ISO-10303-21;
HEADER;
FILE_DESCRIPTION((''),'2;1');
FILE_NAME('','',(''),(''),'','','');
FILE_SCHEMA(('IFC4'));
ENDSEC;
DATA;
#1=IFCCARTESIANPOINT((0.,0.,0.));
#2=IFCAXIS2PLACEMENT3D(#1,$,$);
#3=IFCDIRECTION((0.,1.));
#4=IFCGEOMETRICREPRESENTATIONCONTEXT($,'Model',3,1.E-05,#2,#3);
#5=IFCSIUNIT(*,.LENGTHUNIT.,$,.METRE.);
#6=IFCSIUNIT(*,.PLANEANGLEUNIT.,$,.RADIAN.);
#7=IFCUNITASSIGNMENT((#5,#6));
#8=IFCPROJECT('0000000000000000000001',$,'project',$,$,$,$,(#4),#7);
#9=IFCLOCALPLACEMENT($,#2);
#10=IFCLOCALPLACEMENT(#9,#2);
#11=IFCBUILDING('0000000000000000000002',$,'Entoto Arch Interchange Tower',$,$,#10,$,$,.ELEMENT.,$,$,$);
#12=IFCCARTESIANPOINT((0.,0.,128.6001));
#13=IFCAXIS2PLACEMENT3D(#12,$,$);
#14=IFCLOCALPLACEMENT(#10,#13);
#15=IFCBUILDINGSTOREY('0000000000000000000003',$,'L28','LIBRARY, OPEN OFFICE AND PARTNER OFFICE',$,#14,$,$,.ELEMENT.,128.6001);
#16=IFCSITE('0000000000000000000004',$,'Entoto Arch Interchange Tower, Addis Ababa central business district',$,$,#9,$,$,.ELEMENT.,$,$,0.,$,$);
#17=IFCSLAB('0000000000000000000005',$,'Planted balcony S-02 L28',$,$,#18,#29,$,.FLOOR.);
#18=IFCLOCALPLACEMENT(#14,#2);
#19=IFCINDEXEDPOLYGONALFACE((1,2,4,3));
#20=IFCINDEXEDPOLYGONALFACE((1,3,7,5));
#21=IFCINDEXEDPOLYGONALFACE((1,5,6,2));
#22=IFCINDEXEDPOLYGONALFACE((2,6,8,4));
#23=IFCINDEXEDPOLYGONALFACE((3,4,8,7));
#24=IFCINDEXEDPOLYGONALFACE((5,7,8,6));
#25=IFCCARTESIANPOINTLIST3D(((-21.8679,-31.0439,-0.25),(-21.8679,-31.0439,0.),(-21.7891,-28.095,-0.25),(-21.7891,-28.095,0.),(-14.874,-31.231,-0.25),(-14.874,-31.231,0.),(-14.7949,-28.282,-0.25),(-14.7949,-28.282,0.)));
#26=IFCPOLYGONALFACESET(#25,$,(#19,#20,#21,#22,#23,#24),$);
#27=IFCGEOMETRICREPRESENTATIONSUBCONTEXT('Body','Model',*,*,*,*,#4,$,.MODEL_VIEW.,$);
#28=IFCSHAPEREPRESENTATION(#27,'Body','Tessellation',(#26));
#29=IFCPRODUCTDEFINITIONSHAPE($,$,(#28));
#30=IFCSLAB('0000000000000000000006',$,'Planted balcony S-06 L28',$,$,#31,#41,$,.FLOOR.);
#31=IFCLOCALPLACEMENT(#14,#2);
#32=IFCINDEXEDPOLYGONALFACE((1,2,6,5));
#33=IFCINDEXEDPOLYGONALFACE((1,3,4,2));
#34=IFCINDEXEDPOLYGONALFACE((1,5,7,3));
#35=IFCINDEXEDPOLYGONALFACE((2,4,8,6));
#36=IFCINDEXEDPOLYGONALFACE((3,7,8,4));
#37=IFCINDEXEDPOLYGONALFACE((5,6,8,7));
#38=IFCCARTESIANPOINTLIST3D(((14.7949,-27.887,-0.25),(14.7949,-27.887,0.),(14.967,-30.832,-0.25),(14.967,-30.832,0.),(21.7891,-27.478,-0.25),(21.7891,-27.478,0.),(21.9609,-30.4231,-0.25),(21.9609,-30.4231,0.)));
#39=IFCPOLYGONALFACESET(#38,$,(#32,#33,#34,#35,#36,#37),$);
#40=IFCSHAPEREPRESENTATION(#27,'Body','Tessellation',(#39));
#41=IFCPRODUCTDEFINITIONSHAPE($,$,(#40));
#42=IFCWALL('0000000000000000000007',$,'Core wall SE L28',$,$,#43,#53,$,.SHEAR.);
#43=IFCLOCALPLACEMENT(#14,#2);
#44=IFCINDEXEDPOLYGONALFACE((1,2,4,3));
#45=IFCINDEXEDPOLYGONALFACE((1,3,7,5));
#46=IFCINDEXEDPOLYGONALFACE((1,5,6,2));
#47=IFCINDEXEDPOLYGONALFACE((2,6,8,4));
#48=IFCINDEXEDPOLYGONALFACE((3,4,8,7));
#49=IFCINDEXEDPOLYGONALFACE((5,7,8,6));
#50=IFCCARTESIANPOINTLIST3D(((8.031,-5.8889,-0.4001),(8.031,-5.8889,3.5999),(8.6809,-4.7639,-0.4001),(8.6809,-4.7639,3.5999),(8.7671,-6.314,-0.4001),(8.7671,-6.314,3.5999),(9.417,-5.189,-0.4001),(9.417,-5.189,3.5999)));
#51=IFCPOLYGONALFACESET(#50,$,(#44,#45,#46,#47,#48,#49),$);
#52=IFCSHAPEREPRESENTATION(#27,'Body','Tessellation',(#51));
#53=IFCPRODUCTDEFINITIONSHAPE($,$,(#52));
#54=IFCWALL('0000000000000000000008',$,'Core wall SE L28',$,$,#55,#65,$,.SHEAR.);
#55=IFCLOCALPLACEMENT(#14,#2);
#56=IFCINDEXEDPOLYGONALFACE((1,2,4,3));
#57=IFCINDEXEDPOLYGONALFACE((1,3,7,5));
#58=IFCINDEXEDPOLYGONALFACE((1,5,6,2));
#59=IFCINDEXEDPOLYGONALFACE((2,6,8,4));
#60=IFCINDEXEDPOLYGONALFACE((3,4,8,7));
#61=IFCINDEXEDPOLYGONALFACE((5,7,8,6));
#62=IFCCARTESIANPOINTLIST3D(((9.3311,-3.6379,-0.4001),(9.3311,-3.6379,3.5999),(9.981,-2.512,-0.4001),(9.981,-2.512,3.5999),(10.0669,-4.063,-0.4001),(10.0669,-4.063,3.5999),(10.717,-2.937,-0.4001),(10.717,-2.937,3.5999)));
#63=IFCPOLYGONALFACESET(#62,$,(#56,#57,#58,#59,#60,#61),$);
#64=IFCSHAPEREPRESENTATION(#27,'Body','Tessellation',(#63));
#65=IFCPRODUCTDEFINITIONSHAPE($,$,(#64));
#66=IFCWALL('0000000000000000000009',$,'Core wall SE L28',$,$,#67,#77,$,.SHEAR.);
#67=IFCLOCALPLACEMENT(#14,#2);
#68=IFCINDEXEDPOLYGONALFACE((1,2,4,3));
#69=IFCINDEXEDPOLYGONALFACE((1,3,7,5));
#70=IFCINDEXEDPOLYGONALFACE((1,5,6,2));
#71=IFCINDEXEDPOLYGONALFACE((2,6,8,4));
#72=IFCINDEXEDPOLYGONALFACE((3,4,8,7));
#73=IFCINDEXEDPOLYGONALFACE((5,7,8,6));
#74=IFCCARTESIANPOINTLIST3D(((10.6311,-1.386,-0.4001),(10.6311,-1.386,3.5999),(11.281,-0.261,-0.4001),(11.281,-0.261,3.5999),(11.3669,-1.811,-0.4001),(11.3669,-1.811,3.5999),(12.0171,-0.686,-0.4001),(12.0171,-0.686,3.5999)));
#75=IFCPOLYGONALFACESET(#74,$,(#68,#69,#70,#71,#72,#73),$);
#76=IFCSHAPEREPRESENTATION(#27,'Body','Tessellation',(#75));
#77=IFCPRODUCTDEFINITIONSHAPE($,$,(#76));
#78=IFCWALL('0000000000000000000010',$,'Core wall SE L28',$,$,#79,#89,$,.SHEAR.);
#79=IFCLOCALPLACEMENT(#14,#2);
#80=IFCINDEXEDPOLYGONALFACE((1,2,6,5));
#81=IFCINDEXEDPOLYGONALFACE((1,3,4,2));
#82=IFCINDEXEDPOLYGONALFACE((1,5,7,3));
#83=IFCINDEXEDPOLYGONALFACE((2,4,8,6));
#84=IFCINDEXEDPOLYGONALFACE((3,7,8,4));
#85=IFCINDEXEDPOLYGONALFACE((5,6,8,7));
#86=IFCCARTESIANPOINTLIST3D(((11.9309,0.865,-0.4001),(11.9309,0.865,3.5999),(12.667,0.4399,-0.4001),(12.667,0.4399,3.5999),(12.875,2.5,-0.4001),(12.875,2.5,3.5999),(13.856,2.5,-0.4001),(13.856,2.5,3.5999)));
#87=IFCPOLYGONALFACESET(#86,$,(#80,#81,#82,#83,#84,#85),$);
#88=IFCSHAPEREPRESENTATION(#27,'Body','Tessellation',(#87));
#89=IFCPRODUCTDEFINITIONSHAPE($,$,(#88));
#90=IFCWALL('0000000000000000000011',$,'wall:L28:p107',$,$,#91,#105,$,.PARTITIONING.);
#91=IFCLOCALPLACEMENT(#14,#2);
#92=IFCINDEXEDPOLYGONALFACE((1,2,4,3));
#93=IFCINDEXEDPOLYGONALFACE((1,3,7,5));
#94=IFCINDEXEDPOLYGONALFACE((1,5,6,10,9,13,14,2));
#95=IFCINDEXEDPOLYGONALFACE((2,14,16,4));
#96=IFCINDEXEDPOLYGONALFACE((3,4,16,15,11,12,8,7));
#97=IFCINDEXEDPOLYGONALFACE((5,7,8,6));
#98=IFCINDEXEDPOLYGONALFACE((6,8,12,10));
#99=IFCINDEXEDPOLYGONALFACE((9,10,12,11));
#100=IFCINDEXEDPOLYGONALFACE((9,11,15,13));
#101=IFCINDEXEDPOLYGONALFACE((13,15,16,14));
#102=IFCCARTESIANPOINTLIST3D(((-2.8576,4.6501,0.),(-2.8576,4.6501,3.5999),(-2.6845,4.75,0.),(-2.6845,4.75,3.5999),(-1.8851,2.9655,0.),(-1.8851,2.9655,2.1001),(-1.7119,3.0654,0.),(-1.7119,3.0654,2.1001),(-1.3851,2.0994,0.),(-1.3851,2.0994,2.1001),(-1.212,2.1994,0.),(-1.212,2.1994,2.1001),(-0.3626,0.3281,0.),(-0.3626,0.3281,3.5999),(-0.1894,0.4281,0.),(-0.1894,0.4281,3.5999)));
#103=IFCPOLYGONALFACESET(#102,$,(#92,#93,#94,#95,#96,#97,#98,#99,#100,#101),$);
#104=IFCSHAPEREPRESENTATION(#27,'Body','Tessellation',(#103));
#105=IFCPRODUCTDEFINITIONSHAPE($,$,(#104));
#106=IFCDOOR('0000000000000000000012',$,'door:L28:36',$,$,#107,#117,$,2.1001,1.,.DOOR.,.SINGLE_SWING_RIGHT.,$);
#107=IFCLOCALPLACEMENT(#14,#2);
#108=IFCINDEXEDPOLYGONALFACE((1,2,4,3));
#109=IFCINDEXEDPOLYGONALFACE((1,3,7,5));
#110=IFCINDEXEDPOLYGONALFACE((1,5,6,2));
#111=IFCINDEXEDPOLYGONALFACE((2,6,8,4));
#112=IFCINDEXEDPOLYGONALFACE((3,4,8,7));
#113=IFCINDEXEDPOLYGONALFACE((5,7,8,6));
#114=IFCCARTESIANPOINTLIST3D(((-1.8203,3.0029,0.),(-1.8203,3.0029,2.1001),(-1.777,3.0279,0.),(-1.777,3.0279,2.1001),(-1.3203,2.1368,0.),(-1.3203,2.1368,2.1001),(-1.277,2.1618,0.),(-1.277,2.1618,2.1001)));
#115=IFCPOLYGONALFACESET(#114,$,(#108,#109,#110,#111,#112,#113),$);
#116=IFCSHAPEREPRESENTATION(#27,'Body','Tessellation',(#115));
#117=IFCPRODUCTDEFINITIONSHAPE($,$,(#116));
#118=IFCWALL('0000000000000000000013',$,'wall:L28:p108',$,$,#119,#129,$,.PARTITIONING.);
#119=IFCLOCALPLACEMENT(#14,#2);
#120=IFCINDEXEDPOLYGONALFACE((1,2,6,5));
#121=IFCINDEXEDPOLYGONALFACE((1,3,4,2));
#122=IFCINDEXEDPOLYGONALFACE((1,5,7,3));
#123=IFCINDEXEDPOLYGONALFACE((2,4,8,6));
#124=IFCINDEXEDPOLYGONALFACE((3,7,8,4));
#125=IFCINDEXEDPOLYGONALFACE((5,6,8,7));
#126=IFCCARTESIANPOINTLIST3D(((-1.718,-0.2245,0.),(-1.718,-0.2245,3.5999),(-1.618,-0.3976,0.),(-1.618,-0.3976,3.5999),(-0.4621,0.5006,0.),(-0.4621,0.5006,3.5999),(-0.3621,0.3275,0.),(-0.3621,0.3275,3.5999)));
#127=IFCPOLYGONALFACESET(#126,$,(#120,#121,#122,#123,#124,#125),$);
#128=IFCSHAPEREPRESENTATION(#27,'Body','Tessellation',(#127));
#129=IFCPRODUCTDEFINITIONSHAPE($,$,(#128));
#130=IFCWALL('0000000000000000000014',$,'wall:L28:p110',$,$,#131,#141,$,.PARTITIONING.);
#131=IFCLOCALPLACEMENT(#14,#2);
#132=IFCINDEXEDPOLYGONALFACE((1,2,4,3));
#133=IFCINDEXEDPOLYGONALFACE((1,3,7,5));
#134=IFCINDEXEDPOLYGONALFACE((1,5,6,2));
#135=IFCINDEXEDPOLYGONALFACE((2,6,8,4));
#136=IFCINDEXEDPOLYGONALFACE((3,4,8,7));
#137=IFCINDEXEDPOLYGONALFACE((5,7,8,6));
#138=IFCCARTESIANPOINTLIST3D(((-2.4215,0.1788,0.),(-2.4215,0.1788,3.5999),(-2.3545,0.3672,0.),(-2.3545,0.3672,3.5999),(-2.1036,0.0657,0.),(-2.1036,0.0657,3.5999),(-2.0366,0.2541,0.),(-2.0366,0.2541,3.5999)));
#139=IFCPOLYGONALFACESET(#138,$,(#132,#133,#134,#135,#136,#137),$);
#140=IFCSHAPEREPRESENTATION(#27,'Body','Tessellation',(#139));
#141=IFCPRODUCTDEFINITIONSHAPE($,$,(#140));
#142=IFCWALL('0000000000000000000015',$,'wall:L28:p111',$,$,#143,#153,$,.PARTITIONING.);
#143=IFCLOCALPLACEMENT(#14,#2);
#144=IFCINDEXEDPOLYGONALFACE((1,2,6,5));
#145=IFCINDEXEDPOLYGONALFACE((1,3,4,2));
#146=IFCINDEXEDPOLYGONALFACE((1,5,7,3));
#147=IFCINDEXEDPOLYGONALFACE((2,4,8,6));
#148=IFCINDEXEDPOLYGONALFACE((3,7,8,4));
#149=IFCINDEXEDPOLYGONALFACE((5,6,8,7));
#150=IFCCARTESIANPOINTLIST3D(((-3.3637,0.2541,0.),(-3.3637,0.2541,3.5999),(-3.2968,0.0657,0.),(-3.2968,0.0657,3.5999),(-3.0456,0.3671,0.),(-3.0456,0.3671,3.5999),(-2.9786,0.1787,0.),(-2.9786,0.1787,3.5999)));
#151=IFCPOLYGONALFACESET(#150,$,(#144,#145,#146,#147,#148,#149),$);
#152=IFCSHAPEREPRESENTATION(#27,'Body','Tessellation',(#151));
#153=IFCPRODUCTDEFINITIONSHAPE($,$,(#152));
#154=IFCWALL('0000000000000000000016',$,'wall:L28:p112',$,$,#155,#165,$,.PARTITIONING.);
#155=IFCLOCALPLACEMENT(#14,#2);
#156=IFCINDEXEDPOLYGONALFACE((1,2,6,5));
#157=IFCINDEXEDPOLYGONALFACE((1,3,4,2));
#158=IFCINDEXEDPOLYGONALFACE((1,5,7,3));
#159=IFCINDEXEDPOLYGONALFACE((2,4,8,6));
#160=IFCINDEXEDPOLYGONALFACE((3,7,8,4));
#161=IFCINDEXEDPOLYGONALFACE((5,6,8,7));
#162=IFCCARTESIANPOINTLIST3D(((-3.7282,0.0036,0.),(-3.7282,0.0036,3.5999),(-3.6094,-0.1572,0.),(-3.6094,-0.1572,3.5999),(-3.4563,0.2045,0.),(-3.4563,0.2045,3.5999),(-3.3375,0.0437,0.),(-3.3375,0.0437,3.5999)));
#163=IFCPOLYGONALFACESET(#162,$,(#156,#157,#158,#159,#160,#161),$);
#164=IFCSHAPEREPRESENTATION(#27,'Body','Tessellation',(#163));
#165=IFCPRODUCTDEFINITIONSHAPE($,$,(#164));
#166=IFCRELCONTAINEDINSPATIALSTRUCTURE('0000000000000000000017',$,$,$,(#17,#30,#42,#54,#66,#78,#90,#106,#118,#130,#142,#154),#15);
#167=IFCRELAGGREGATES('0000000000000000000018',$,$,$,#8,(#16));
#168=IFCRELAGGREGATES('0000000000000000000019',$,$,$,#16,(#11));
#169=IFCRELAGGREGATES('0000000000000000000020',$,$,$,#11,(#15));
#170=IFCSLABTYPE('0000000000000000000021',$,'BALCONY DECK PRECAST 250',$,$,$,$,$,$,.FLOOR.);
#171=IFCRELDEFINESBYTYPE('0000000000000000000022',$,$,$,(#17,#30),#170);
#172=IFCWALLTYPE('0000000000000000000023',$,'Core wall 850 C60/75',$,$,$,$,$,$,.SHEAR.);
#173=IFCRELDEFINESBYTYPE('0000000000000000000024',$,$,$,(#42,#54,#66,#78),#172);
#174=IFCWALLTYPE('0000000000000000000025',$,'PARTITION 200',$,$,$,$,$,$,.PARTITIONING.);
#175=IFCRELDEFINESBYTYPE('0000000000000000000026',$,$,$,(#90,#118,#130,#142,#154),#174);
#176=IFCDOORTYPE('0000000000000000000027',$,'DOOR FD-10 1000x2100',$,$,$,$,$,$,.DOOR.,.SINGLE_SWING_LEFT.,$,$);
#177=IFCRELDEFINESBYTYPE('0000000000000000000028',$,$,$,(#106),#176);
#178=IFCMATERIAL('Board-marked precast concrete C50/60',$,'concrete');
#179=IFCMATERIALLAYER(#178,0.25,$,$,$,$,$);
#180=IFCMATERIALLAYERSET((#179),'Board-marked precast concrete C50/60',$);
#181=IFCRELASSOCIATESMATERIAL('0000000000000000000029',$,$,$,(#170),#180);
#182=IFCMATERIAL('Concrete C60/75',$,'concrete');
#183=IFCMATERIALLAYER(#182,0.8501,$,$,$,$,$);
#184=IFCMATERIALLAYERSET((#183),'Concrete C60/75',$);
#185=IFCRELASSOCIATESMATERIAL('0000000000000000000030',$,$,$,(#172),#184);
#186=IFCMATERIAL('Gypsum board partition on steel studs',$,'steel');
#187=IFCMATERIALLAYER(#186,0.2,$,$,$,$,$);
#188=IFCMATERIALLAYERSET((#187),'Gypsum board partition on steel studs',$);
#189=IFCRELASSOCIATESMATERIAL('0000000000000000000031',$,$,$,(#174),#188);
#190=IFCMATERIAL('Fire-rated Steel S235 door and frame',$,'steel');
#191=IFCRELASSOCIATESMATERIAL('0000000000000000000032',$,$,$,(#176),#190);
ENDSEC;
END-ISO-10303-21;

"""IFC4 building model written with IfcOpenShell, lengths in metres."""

from ifc_helpers import new_model, si_unit, direction, frame, frame_2d, origin, place, context, subcontext, project, spatial, polyline, rectangle, outline, extrude, material, layer, layer_set, type_object, element, fill, save


model = new_model("IFC4")

# Units and contexts
model_context = context("Model", 3, precision=1e-05, world=origin(), true_north=direction((0.0, 1.0)))
body_context = subcontext(model_context, "Body", "Model", "MODEL_VIEW")
ifc_project = project(units=[si_unit("LENGTHUNIT", "METRE"), si_unit("PLANEANGLEUNIT", "RADIAN")], contexts=[model_context])

# Site, building, storey
site_placement = place(None, origin())
site = spatial("IfcSite", under=ifc_project, at=site_placement, Name="Entoto Arch Interchange Tower, Addis Ababa central business district", CompositionType="ELEMENT", RefElevation=0.0)
building_placement = place(site_placement, origin())
building = spatial("IfcBuilding", under=site, at=building_placement, Name="Entoto Arch Interchange Tower", CompositionType="ELEMENT")
storey_placement = place(building_placement, frame((0.0, 0.0, 128.6001)))
storey = spatial("IfcBuildingStorey", under=building, at=storey_placement, Name="L28", Description="LIBRARY, OPEN OFFICE AND PARTNER OFFICE", CompositionType="ELEMENT", Elevation=128.6001)

# Slabs
ifc_material_1 = material(Name="Board-marked precast concrete C50/60", Category="concrete")
ifc_layer_1 = layer(ifc_material_1, 0.25)
ifc_layer_set_1 = layer_set([ifc_layer_1], Name="Board-marked precast concrete C50/60")
slab_type = type_object("IfcSlabType", Name="BALCONY DECK PRECAST 250", PredefinedType="FLOOR", material=ifc_layer_set_1)
slab_1_placement = place(storey_placement, frame((0.0, 0.0, -0.25)))
element("IfcSlab", 1, at=slab_1_placement, inside=storey, type_object=slab_type, Name="Planted balcony S-02 L28", PredefinedType="FLOOR", context=body_context, shape_type="SweptSolid", body=[
    extrude(outline(polyline([(-21.7891, -28.095), (-14.7949, -28.282), (-14.874, -31.231), (-21.8679, -31.0439), (-21.7891, -28.095)])), origin(), (0.0, 0.0, 1.0), 0.25),
])
slab_2_placement = place(storey_placement, frame((0.0, 0.0, -0.25)))
element("IfcSlab", 2, at=slab_2_placement, inside=storey, type_object=slab_type, Name="Planted balcony S-06 L28", PredefinedType="FLOOR", context=body_context, shape_type="SweptSolid", body=[
    extrude(outline(polyline([(14.7949, -27.887), (21.7891, -27.478), (21.9609, -30.4231), (14.967, -30.832), (14.7949, -27.887)])), origin(), (0.0, 0.0, 1.0), 0.25),
])

# Walls
ifc_material_2 = material(Name="Concrete C60/75", Category="concrete")
ifc_layer_2 = layer(ifc_material_2, 0.8501)
ifc_layer_set_2 = layer_set([ifc_layer_2], Name="Concrete C60/75")
wall_type_1 = type_object("IfcWallType", Name="Core wall 850 C60/75", PredefinedType="SHEAR", material=ifc_layer_set_2)
wall_1_placement = place(storey_placement, frame((0.0, 0.0, -0.4001)))
element("IfcWall", 3, at=wall_1_placement, inside=storey, type_object=wall_type_1, Name="Core wall SE L28", PredefinedType="SHEAR", context=body_context, shape_type="SweptSolid", body=[
    extrude(outline(polyline([(9.417, -5.189), (8.6809, -4.7639), (8.031, -5.8889), (8.7671, -6.314), (9.417, -5.189)])), origin(), (0.0, 0.0, 1.0), 4.0),
])
wall_2_placement = place(storey_placement, frame((0.0, 0.0, -0.4001)))
element("IfcWall", 4, at=wall_2_placement, inside=storey, type_object=wall_type_1, Name="Core wall SE L28", PredefinedType="SHEAR", context=body_context, shape_type="SweptSolid", body=[
    extrude(outline(polyline([(10.717, -2.937), (9.981, -2.512), (9.3311, -3.6379), (10.0669, -4.063), (10.717, -2.937)])), origin(), (0.0, 0.0, 1.0), 4.0),
])
wall_3_placement = place(storey_placement, frame((0.0, 0.0, -0.4001)))
element("IfcWall", 5, at=wall_3_placement, inside=storey, type_object=wall_type_1, Name="Core wall SE L28", PredefinedType="SHEAR", context=body_context, shape_type="SweptSolid", body=[
    extrude(outline(polyline([(12.0171, -0.686), (11.281, -0.261), (10.6311, -1.386), (11.3669, -1.811), (12.0171, -0.686)])), origin(), (0.0, 0.0, 1.0), 4.0),
])
wall_4_placement = place(storey_placement, frame((0.0, 0.0, -0.4001)))
element("IfcWall", 6, at=wall_4_placement, inside=storey, type_object=wall_type_1, Name="Core wall SE L28", PredefinedType="SHEAR", context=body_context, shape_type="SweptSolid", body=[
    extrude(outline(polyline([(11.9309, 0.865), (12.667, 0.4399), (13.856, 2.5), (12.875, 2.5), (11.9309, 0.865)])), origin(), (0.0, 0.0, 1.0), 4.0),
])

# Wall, opening, door
ifc_material_3 = material(Name="Gypsum board partition on steel studs", Category="steel")
ifc_layer_3 = layer(ifc_material_3, 0.2)
ifc_layer_set_3 = layer_set([ifc_layer_3], Name="Gypsum board partition on steel studs")
wall_type_2 = type_object("IfcWallType", Name="PARTITION 200", PredefinedType="PARTITIONING", material=ifc_layer_set_3)
wall_5_placement = place(storey_placement, frame((-2.771, 4.7, 0.0), z_axis=(0.0, 0.0, 1.0), x_axis=(0.499969, -0.866043, 0.0)))
wall_5 = element("IfcWall", 7, at=wall_5_placement, inside=storey, type_object=wall_type_2, Name="wall:L28:p107", PredefinedType="PARTITIONING", context=body_context, shape_type="SweptSolid", body=[
    extrude(rectangle(XDim=4.9905, YDim=0.2, at=frame_2d((2.4951, 0.0))), origin(), (0.0, 0.0, 1.0), 3.5999),
])
opening_1_placement = place(wall_5_placement, frame((1.9451, 0.0, 0.0)))
opening_1 = element("IfcOpeningElement", 8, at=opening_1_placement, cuts=wall_5, PredefinedType="OPENING", context=body_context, shape_type="SweptSolid", body=[
    extrude(rectangle(XDim=1.0, YDim=2.1001, at=frame_2d((0.5, 1.05))), frame((0.0, 0.1099, 0.0), z_axis=(0.0, -1.0, 0.0), x_axis=(1.0, 0.0, 0.0)), (0.0, 0.0, 1.0), 0.22),
])
ifc_material_4 = material(Name="Fire-rated Steel S235 door and frame", Category="steel")
door_type_1 = type_object("IfcDoorType", Name="DOOR FD-10 1000x2100", OperationType="SINGLE_SWING_LEFT", PredefinedType="DOOR", material=ifc_material_4)
door_1_placement = place(opening_1_placement, origin())
door_1 = element("IfcDoor", 9, at=door_1_placement, inside=storey, type_object=door_type_1, Name="door:L28:36", OperationType="SINGLE_SWING_RIGHT", OverallHeight=2.1001, OverallWidth=1.0, PredefinedType="DOOR", context=body_context, shape_type="SweptSolid", body=[
    extrude(rectangle(XDim=1.0, YDim=2.1001, at=frame_2d((0.5, 1.05))), frame((0.0, 0.0249, 0.0), z_axis=(0.0, -1.0, 0.0), x_axis=(1.0, 0.0, 0.0)), (0.0, 0.0, 1.0), 0.05),
])
fill(opening_1, door_1)

# Walls
wall_6_placement = place(storey_placement, frame((-0.4121, 0.4141, 0.0), z_axis=(0.0, 0.0, 1.0), x_axis=(-0.866017, -0.500014, 0.0)))
element("IfcWall", 10, at=wall_6_placement, inside=storey, type_object=wall_type_2, Name="wall:L28:p108", PredefinedType="PARTITIONING", context=body_context, shape_type="SweptSolid", body=[
    extrude(rectangle(XDim=1.4502, YDim=0.2, at=frame_2d((0.7251, 0.0))), origin(), (0.0, 0.0, 1.0), 3.5999),
])
wall_7_placement = place(storey_placement, frame((-2.0701, 0.1599, 0.0), z_axis=(0.0, 0.0, 1.0), x_axis=(-0.942199, 0.335052, 0.0)))
element("IfcWall", 11, at=wall_7_placement, inside=storey, type_object=wall_type_2, Name="wall:L28:p110", PredefinedType="PARTITIONING", context=body_context, shape_type="SweptSolid", body=[
    extrude(rectangle(XDim=0.3374, YDim=0.2, at=frame_2d((0.1687, 0.0))), origin(), (0.0, 0.0, 1.0), 3.5999),
])
wall_8_placement = place(storey_placement, frame((-3.012, 0.2729, 0.0), z_axis=(0.0, 0.0, 1.0), x_axis=(-0.942281, -0.334824, 0.0)))
element("IfcWall", 12, at=wall_8_placement, inside=storey, type_object=wall_type_2, Name="wall:L28:p111", PredefinedType="PARTITIONING", context=body_context, shape_type="SweptSolid", body=[
    extrude(rectangle(XDim=0.3376, YDim=0.2, at=frame_2d((0.1689, 0.0))), origin(), (0.0, 0.0, 1.0), 3.5999),
])
wall_9_placement = place(storey_placement, frame((-3.397, 0.124, 0.0), z_axis=(0.0, 0.0, 1.0), x_axis=(-0.804311, -0.594208, 0.0)))
element("IfcWall", 13, at=wall_9_placement, inside=storey, type_object=wall_type_2, Name="wall:L28:p112", PredefinedType="PARTITIONING", context=body_context, shape_type="SweptSolid", body=[
    extrude(rectangle(XDim=0.3381, YDim=0.2, at=frame_2d((0.1689, 0.0))), origin(), (0.0, 0.0, 1.0), 3.5999),
])

save(model, "model.ifc")
